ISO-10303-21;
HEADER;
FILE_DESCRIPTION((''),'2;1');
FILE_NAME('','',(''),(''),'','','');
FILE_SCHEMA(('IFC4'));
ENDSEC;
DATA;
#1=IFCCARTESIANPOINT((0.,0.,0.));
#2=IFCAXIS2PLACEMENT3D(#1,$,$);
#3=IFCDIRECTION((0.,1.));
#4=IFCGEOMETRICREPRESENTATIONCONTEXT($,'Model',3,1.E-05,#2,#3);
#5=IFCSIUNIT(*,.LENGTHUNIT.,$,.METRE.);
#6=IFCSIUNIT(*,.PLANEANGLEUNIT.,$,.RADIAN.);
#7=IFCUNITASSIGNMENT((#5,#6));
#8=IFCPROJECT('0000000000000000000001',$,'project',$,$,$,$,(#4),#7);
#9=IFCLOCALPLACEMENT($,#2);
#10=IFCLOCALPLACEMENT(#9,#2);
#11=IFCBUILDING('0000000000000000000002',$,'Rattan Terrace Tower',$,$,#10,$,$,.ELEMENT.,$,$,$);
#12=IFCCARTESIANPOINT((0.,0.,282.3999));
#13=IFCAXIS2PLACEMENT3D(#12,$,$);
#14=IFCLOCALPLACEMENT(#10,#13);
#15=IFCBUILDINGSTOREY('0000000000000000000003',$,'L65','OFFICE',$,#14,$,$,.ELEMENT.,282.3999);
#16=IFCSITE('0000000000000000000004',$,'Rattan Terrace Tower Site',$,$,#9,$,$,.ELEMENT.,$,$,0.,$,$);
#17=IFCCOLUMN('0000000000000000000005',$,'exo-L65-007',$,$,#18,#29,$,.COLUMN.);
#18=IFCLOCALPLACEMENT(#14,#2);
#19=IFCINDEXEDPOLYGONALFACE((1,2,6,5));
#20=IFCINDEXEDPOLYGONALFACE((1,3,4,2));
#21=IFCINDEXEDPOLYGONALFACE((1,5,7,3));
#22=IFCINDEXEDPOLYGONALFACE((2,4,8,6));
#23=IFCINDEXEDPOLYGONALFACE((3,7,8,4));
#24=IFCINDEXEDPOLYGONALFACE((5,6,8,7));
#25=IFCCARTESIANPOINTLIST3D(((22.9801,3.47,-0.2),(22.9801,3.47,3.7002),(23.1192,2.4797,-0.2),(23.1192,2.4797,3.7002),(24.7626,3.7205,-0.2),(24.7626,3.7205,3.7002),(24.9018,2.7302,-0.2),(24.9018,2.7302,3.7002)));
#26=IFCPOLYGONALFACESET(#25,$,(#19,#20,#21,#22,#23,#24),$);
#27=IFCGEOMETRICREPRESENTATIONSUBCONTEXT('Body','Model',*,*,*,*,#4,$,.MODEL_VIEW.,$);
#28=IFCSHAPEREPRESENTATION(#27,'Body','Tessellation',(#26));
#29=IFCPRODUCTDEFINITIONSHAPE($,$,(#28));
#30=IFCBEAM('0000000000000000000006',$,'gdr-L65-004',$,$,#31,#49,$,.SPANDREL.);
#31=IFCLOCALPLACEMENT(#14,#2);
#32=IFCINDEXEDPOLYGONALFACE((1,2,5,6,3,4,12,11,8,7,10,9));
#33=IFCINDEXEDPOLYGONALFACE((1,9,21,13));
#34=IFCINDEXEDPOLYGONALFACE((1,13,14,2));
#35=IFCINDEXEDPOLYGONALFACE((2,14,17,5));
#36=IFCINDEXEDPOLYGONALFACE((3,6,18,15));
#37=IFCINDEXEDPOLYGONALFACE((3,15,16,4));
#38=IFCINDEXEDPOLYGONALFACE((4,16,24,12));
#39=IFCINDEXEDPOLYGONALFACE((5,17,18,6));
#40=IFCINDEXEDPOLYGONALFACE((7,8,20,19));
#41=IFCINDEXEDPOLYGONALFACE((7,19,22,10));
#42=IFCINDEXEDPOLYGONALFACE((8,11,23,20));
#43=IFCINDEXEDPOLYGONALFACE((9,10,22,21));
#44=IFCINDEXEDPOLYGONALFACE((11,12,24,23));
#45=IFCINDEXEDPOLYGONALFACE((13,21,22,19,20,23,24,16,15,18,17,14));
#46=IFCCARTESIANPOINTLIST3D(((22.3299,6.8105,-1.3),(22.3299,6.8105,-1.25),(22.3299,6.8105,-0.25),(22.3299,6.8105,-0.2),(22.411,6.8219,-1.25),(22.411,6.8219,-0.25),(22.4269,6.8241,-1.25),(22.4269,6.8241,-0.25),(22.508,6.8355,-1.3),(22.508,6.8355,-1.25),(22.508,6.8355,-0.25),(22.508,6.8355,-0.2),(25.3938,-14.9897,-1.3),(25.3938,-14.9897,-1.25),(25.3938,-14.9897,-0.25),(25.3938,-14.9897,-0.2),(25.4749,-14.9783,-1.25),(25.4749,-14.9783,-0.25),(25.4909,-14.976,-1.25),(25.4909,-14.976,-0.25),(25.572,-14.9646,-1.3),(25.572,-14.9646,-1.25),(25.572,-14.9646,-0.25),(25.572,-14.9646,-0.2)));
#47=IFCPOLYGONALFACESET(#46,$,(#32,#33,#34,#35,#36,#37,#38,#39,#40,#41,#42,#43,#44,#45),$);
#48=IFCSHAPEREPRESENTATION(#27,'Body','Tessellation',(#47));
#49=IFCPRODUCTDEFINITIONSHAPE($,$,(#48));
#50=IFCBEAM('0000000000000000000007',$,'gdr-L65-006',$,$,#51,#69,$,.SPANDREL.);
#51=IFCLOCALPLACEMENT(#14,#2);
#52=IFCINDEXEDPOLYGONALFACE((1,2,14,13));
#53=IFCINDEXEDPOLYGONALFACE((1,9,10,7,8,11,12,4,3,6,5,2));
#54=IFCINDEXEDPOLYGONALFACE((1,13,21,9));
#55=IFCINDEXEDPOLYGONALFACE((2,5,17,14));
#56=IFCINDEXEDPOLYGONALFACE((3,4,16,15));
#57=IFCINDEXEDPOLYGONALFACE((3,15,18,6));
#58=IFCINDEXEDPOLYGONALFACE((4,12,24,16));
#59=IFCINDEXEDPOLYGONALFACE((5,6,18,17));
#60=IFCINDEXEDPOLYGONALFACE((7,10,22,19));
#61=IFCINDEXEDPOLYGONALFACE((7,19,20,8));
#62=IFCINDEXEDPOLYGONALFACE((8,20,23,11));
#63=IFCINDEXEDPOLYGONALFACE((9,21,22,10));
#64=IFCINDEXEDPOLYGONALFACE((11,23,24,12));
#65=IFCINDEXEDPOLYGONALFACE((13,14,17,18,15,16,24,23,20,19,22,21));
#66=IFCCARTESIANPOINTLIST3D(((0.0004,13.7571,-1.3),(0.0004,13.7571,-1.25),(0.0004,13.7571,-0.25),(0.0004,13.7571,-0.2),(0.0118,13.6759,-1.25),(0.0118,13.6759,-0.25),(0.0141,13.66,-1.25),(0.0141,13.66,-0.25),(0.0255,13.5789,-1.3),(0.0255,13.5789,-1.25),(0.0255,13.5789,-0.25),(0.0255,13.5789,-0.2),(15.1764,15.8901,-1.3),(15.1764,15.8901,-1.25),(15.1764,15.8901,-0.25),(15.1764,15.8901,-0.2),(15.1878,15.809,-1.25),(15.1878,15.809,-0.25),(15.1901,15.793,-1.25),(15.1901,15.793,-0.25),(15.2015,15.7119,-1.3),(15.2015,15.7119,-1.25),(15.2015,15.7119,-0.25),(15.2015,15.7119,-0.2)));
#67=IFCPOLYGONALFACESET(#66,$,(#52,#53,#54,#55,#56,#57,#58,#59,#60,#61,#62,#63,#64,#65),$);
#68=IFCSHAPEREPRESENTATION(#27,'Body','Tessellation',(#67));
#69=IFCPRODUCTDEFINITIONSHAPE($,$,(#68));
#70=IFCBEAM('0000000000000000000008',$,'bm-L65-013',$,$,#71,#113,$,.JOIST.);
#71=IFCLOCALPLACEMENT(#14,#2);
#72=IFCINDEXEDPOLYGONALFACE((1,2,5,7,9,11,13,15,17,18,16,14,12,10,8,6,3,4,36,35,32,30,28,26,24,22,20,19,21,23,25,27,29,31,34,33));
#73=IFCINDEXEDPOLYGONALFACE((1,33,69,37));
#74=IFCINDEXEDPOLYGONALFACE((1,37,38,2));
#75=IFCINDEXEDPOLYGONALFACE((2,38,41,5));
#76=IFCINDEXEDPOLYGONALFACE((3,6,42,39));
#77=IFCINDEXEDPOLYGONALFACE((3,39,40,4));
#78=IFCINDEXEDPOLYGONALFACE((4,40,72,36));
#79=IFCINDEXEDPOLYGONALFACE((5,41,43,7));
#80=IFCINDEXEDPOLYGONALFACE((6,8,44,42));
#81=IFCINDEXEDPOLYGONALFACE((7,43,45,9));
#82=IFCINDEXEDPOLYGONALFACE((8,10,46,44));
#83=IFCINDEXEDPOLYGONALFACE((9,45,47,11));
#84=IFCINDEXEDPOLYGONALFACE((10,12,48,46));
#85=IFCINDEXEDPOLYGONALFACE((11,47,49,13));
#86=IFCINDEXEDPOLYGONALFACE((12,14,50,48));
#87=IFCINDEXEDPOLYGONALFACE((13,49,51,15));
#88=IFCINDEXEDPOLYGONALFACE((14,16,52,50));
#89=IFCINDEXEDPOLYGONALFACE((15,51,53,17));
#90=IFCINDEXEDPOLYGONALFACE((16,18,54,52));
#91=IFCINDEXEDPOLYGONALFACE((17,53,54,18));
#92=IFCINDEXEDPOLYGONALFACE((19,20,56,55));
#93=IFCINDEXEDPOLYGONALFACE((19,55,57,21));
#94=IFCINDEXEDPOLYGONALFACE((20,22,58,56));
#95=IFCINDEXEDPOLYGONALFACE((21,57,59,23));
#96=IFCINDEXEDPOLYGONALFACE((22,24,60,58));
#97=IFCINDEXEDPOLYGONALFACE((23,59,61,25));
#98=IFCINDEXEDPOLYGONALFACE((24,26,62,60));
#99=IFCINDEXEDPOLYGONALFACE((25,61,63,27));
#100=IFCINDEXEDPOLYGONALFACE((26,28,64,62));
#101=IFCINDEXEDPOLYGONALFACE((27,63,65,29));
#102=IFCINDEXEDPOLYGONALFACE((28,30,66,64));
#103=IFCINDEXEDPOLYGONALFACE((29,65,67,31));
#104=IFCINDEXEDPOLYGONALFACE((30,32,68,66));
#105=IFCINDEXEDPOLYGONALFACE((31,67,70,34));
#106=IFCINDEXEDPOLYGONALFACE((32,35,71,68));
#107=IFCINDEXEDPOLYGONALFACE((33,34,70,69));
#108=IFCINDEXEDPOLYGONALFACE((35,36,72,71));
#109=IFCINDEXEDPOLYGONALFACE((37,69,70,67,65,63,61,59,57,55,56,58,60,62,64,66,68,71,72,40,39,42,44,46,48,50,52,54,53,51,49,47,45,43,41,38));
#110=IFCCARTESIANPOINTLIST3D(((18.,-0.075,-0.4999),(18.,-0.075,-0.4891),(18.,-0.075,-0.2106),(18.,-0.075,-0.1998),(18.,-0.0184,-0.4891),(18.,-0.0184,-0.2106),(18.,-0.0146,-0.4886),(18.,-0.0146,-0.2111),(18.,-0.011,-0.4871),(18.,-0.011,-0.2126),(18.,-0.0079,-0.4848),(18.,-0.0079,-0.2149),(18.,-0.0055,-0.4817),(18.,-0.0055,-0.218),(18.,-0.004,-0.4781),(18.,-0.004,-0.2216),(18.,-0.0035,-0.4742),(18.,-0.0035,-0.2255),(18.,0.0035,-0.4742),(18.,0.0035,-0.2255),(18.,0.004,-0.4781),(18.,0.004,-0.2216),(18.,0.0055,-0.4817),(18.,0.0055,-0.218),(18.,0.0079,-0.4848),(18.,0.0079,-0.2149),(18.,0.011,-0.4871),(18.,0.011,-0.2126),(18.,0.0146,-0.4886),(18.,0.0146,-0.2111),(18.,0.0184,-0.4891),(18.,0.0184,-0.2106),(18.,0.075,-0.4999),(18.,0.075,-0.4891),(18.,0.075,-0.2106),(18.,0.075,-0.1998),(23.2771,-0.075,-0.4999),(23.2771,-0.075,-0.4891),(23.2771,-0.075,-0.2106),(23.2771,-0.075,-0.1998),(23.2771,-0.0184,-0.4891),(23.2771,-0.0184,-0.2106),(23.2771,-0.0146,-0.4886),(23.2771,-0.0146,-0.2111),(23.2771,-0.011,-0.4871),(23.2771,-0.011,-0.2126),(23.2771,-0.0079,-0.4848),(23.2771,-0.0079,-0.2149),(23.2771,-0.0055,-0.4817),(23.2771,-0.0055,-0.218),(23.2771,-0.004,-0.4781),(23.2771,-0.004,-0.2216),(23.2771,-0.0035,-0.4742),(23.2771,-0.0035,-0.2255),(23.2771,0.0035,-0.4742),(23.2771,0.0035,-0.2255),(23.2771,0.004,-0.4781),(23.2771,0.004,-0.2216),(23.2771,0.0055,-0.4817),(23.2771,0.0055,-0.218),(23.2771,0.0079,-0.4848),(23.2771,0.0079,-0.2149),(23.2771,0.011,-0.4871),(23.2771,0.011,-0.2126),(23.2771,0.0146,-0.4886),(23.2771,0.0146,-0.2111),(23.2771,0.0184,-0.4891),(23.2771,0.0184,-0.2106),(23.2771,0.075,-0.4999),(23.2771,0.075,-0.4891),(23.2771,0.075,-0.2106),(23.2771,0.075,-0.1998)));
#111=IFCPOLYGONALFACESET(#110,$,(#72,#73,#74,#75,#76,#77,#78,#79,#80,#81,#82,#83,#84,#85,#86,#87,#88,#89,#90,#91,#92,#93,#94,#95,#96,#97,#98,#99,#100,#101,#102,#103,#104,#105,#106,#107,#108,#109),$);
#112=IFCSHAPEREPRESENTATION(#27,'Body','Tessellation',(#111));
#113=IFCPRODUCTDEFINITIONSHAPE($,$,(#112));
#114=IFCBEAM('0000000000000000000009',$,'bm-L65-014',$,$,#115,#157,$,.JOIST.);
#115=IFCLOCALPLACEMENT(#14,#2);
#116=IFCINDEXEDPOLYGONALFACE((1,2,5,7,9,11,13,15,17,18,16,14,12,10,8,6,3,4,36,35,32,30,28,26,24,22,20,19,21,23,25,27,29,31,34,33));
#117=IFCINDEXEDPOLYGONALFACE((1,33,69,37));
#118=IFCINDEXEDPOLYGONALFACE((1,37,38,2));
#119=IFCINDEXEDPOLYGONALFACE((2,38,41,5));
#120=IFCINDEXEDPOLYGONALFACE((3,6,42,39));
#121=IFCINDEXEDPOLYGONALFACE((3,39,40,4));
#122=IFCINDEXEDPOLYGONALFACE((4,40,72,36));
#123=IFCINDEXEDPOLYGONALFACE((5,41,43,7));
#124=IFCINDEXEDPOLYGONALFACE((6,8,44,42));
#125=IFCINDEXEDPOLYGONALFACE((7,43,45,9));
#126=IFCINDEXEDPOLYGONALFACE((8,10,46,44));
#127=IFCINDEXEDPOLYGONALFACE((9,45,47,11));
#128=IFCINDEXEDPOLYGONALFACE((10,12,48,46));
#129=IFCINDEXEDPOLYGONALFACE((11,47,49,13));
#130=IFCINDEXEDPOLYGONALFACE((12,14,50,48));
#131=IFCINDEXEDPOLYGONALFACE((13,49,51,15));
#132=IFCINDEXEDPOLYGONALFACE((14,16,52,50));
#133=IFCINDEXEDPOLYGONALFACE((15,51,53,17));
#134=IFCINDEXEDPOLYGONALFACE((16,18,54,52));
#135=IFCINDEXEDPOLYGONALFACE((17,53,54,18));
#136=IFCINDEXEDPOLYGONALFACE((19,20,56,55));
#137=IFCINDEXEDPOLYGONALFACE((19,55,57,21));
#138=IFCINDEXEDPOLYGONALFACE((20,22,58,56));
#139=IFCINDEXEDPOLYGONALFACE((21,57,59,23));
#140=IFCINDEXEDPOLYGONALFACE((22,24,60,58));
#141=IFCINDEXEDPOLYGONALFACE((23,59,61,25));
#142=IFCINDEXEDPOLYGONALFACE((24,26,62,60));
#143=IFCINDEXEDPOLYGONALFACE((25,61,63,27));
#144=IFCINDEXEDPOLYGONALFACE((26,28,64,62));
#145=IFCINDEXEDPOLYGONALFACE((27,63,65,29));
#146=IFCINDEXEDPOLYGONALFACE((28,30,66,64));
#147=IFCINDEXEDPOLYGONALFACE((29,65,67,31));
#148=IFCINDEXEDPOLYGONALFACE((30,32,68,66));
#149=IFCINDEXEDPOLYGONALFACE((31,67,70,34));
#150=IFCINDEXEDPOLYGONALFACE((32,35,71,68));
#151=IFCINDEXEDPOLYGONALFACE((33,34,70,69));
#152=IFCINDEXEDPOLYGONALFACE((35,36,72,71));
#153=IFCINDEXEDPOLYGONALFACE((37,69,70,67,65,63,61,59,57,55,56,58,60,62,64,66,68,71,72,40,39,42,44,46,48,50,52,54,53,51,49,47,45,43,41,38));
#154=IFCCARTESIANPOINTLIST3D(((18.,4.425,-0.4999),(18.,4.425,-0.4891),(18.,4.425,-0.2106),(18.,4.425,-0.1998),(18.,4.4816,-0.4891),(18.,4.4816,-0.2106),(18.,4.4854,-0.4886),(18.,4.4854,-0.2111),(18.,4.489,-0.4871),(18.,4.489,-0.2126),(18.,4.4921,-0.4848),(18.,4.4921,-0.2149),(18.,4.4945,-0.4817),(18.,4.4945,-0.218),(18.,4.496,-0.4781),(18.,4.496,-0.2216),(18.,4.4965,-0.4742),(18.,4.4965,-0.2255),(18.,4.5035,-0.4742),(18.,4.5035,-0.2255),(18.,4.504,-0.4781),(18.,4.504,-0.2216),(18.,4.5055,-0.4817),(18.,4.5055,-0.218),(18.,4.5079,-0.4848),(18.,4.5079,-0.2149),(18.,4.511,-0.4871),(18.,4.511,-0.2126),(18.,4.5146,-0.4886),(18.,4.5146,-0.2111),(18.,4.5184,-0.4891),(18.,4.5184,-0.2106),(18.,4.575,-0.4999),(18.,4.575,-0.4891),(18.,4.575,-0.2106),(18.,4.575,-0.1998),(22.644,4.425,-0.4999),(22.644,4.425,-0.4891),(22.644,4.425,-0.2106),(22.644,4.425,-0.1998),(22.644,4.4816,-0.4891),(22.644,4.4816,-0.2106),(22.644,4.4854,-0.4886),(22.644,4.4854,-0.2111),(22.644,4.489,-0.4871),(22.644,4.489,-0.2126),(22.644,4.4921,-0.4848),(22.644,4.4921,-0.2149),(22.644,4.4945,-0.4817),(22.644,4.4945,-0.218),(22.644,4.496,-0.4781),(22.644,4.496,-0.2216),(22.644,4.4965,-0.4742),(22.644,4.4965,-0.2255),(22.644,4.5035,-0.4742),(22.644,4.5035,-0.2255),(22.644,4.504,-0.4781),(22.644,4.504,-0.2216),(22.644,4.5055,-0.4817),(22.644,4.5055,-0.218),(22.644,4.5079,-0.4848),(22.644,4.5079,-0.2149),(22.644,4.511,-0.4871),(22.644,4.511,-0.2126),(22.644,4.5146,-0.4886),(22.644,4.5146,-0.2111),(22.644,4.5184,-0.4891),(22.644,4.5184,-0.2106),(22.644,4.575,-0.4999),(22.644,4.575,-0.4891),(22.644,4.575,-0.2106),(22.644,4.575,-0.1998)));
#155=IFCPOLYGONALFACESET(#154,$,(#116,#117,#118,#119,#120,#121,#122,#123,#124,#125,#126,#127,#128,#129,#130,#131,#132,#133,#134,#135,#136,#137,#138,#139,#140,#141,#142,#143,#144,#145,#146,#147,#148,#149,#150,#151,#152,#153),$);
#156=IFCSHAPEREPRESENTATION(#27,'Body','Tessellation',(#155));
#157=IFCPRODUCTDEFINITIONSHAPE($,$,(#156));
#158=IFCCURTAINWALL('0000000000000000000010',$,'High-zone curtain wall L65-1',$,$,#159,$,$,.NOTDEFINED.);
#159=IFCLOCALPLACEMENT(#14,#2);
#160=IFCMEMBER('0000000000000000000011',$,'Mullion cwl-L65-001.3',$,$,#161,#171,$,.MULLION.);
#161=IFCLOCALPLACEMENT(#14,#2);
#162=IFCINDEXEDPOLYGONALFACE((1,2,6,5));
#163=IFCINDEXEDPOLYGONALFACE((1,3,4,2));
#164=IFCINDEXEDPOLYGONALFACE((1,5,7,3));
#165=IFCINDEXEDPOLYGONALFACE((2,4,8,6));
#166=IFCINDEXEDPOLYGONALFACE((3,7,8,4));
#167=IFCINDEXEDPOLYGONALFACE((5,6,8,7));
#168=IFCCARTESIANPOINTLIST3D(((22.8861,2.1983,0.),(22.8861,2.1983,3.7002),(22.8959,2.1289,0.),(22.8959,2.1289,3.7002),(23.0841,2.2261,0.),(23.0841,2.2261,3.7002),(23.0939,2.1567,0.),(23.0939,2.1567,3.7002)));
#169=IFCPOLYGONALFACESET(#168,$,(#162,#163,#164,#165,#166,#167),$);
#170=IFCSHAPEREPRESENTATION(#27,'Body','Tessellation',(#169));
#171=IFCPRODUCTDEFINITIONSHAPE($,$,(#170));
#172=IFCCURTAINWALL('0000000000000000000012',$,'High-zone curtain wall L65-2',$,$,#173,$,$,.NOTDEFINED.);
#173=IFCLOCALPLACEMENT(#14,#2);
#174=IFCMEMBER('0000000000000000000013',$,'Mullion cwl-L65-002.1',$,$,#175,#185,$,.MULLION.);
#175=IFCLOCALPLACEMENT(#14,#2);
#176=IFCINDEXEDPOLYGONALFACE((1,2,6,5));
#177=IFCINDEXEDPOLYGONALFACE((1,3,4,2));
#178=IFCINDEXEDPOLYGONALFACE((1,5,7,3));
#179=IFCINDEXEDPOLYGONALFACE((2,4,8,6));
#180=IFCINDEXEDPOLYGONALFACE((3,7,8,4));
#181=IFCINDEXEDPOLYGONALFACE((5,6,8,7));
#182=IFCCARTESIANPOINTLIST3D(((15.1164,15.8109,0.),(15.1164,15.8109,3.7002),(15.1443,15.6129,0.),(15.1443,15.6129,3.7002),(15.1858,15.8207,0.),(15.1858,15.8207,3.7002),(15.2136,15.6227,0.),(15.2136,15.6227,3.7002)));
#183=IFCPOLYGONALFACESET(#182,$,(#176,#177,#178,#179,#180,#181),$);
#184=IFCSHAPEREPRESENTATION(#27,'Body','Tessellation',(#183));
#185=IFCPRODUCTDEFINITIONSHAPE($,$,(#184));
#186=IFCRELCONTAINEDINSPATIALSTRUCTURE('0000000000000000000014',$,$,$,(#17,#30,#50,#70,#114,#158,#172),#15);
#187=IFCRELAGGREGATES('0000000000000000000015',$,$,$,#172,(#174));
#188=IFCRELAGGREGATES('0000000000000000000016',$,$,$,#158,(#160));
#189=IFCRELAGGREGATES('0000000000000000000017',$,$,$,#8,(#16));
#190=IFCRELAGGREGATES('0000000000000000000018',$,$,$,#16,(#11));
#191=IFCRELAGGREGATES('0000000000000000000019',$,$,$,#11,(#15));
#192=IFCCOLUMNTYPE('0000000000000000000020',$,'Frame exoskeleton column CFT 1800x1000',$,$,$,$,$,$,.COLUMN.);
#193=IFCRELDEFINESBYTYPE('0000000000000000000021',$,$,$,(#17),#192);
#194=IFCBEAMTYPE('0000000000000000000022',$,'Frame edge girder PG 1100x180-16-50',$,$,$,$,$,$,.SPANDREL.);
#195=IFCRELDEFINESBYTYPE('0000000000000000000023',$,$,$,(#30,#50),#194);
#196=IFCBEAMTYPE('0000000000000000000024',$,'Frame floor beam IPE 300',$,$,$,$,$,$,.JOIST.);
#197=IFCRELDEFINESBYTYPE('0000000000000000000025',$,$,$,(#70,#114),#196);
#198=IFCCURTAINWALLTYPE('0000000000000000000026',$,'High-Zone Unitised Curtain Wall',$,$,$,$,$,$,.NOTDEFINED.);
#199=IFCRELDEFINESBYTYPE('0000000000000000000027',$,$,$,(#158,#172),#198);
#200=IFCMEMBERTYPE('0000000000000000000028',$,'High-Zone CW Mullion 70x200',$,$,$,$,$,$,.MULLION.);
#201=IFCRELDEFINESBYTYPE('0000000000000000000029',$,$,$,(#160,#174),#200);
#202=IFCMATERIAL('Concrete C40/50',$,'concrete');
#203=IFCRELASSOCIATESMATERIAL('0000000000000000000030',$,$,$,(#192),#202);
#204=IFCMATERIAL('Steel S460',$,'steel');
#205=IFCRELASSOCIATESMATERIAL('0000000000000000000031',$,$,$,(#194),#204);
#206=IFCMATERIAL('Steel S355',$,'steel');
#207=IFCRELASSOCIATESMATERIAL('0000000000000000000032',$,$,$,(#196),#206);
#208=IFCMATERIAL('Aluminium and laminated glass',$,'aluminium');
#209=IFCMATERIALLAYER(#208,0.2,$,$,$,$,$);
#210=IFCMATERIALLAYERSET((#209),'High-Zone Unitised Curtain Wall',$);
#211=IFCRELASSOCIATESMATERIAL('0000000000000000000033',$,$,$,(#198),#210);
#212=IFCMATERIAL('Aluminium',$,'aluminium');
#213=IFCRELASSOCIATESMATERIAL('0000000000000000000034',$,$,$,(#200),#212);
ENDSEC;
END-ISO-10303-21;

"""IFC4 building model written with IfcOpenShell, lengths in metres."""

from ifc_helpers import new_model, si_unit, direction, frame, origin, origin_2d, place, context, subcontext, project, spatial, rectangle, i_section, extrude, material, layer, layer_set, material_profile, profile_set, type_object, element, aggregate, save


model = new_model("IFC4")

# Units and contexts
model_context = context("Model", 3, precision=1e-05, world=origin(), true_north=direction((0.0, 1.0)))
body_context = subcontext(model_context, "Body", "Model", "MODEL_VIEW")
ifc_project = project(units=[si_unit("LENGTHUNIT", "METRE"), si_unit("PLANEANGLEUNIT", "RADIAN")], contexts=[model_context])

# Site, building, storey
site_placement = place(None, origin())
site = spatial("IfcSite", under=ifc_project, at=site_placement, Name="Rattan Terrace Tower Site", CompositionType="ELEMENT", RefElevation=0.0)
building_placement = place(site_placement, origin())
building = spatial("IfcBuilding", under=site, at=building_placement, Name="Rattan Terrace Tower", CompositionType="ELEMENT")
storey_placement = place(building_placement, frame((0.0, 0.0, 282.3999)))
storey = spatial("IfcBuildingStorey", under=building, at=storey_placement, Name="L65", Description="OFFICE", CompositionType="ELEMENT", Elevation=282.3999)

# Column
ifc_material_1 = material(Name="Concrete C40/50", Category="concrete")
ifc_material_profile_1 = material_profile(ifc_material_1, rectangle(XDim=1.0, YDim=1.8, at=origin_2d()), Name="CFT 1800x1000")
ifc_profile_set_1 = profile_set([ifc_material_profile_1], Name="Concrete C40/50")
column_type = type_object("IfcColumnType", Name="Frame exoskeleton column CFT 1800x1000", PredefinedType="COLUMN", material=ifc_profile_set_1)
column_placement = place(storey_placement, frame((23.9409, 3.1001, -0.2), z_axis=(0.0, 0.0, 1.0), x_axis=(-0.13919, 0.990266, 0.0)))
element("IfcColumn", 1, at=column_placement, inside=storey, type_object=column_type, Name="exo-L65-007", PredefinedType="COLUMN", context=body_context, shape_type="SweptSolid", body=[
    extrude(rectangle(XDim=1.0, YDim=1.8, at=origin_2d()), origin(), (0.0, 0.0, 1.0), 3.9001),
])

# Beams
ifc_material_2 = material(Name="Steel S460", Category="steel")
ifc_material_profile_2 = material_profile(ifc_material_2, i_section(OverallWidth=0.1799, OverallDepth=1.1001, WebThickness=0.0161, FlangeThickness=0.05, at=origin_2d()), Name="PG 1100x180-16-50")
ifc_profile_set_2 = profile_set([ifc_material_profile_2], Name="Steel S460")
beam_type_1 = type_object("IfcBeamType", Name="Frame edge girder PG 1100x180-16-50", PredefinedType="SPANDREL", material=ifc_profile_set_2)
beam_1_placement = place(storey_placement, frame((22.4189, 6.823, -0.75), z_axis=(0.139181, -0.990267, 0.0), x_axis=(0.990267, 0.139181, 0.0)))
element("IfcBeam", 2, at=beam_1_placement, inside=storey, type_object=beam_type_1, Name="gdr-L65-004", PredefinedType="SPANDREL", context=body_context, shape_type="SweptSolid", body=[
    extrude(i_section(OverallWidth=0.1799, OverallDepth=1.1001, WebThickness=0.0161, FlangeThickness=0.05, at=origin_2d()), origin(), (0.0, 0.0, 1.0), 22.0144),
])
beam_2_placement = place(storey_placement, frame((15.189, 15.801, -0.75), z_axis=(-0.990266, -0.139186, 0.0), x_axis=(0.139186, -0.990266, 0.0)))
element("IfcBeam", 3, at=beam_2_placement, inside=storey, type_object=beam_type_1, Name="gdr-L65-006", PredefinedType="SPANDREL", context=body_context, shape_type="SweptSolid", body=[
    extrude(i_section(OverallWidth=0.1799, OverallDepth=1.1001, WebThickness=0.0161, FlangeThickness=0.05, at=origin_2d()), origin(), (0.0, 0.0, 1.0), 15.3252),
])
ifc_material_3 = material(Name="Steel S355", Category="steel")
ifc_material_profile_3 = material_profile(ifc_material_3, i_section(OverallWidth=0.1499, OverallDepth=0.3, WebThickness=0.0071, FlangeThickness=0.0107, FilletRadius=0.0149, at=origin_2d()), Name="IPE 300")
ifc_profile_set_3 = profile_set([ifc_material_profile_3], Name="Steel S355")
beam_type_2 = type_object("IfcBeamType", Name="Frame floor beam IPE 300", PredefinedType="JOIST", material=ifc_profile_set_3)
beam_3_placement = place(storey_placement, frame((18.0, 0.0, -0.3499), z_axis=(1.0, 0.0, 0.0), x_axis=(0.0, 1.0, 0.0)))
element("IfcBeam", 4, at=beam_3_placement, inside=storey, type_object=beam_type_2, Name="bm-L65-013", PredefinedType="JOIST", context=body_context, shape_type="SweptSolid", body=[
    extrude(i_section(OverallWidth=0.1499, OverallDepth=0.3, WebThickness=0.0071, FlangeThickness=0.0107, FilletRadius=0.0149, at=origin_2d()), origin(), (0.0, 0.0, 1.0), 5.2771),
])
beam_4_placement = place(storey_placement, frame((18.0, 4.5, -0.3499), z_axis=(1.0, 0.0, 0.0), x_axis=(0.0, 1.0, 0.0)))
element("IfcBeam", 5, at=beam_4_placement, inside=storey, type_object=beam_type_2, Name="bm-L65-014", PredefinedType="JOIST", context=body_context, shape_type="SweptSolid", body=[
    extrude(i_section(OverallWidth=0.1499, OverallDepth=0.3, WebThickness=0.0071, FlangeThickness=0.0107, FilletRadius=0.0149, at=origin_2d()), origin(), (0.0, 0.0, 1.0), 4.644),
])

# Curtain walls, members
ifc_material_4 = material(Name="Aluminium and laminated glass", Category="aluminium")
ifc_layer_1 = layer(ifc_material_4, 0.2)
ifc_layer_set_1 = layer_set([ifc_layer_1], Name="High-Zone Unitised Curtain Wall")
curtain_wall_type = type_object("IfcCurtainWallType", Name="High-Zone Unitised Curtain Wall", PredefinedType="NOTDEFINED", material=ifc_layer_set_1)
curtain_wall_1_placement = place(storey_placement, origin())
curtain_wall_1 = element("IfcCurtainWall", 6, at=curtain_wall_1_placement, inside=storey, type_object=curtain_wall_type, Name="High-zone curtain wall L65-1", PredefinedType="NOTDEFINED")
ifc_material_5 = material(Name="Aluminium", Category="aluminium")
ifc_material_profile_4 = material_profile(ifc_material_5, rectangle(XDim=0.0701, YDim=0.2, at=origin_2d()), Name="Aluminium 70x200")
ifc_profile_set_4 = profile_set([ifc_material_profile_4], Name="Aluminium")
member_type_1 = type_object("IfcMemberType", Name="High-Zone CW Mullion 70x200", PredefinedType="MULLION", material=ifc_profile_set_4)
member_1_placement = place(storey_placement, frame((22.99, 2.1775, 0.0), z_axis=(0.0, 0.0, 1.0), x_axis=(-0.139192, 0.990265, 0.0)))
member_1 = element("IfcMember", 7, at=member_1_placement, type_object=member_type_1, Name="Mullion cwl-L65-001.3", PredefinedType="MULLION", context=body_context, shape_type="SweptSolid", body=[
    extrude(rectangle(XDim=0.0701, YDim=0.2, at=origin_2d()), origin(), (0.0, 0.0, 1.0), 3.7002),
])
curtain_wall_2_placement = place(storey_placement, origin())
curtain_wall_2 = element("IfcCurtainWall", 8, at=curtain_wall_2_placement, inside=storey, type_object=curtain_wall_type, Name="High-zone curtain wall L65-2", PredefinedType="NOTDEFINED")
member_2_placement = place(storey_placement, frame((15.165, 15.7168, 0.0), z_axis=(0.0, 0.0, 1.0), x_axis=(-0.990266, -0.139189, 0.0)))
member_2 = element("IfcMember", 9, at=member_2_placement, type_object=member_type_1, Name="Mullion cwl-L65-002.1", PredefinedType="MULLION", context=body_context, shape_type="SweptSolid", body=[
    extrude(rectangle(XDim=0.0701, YDim=0.2, at=origin_2d()), origin(), (0.0, 0.0, 1.0), 3.7002),
])
aggregate(curtain_wall_2, [member_2])

aggregate(curtain_wall_1, [member_1])

save(model, "model.ifc")
